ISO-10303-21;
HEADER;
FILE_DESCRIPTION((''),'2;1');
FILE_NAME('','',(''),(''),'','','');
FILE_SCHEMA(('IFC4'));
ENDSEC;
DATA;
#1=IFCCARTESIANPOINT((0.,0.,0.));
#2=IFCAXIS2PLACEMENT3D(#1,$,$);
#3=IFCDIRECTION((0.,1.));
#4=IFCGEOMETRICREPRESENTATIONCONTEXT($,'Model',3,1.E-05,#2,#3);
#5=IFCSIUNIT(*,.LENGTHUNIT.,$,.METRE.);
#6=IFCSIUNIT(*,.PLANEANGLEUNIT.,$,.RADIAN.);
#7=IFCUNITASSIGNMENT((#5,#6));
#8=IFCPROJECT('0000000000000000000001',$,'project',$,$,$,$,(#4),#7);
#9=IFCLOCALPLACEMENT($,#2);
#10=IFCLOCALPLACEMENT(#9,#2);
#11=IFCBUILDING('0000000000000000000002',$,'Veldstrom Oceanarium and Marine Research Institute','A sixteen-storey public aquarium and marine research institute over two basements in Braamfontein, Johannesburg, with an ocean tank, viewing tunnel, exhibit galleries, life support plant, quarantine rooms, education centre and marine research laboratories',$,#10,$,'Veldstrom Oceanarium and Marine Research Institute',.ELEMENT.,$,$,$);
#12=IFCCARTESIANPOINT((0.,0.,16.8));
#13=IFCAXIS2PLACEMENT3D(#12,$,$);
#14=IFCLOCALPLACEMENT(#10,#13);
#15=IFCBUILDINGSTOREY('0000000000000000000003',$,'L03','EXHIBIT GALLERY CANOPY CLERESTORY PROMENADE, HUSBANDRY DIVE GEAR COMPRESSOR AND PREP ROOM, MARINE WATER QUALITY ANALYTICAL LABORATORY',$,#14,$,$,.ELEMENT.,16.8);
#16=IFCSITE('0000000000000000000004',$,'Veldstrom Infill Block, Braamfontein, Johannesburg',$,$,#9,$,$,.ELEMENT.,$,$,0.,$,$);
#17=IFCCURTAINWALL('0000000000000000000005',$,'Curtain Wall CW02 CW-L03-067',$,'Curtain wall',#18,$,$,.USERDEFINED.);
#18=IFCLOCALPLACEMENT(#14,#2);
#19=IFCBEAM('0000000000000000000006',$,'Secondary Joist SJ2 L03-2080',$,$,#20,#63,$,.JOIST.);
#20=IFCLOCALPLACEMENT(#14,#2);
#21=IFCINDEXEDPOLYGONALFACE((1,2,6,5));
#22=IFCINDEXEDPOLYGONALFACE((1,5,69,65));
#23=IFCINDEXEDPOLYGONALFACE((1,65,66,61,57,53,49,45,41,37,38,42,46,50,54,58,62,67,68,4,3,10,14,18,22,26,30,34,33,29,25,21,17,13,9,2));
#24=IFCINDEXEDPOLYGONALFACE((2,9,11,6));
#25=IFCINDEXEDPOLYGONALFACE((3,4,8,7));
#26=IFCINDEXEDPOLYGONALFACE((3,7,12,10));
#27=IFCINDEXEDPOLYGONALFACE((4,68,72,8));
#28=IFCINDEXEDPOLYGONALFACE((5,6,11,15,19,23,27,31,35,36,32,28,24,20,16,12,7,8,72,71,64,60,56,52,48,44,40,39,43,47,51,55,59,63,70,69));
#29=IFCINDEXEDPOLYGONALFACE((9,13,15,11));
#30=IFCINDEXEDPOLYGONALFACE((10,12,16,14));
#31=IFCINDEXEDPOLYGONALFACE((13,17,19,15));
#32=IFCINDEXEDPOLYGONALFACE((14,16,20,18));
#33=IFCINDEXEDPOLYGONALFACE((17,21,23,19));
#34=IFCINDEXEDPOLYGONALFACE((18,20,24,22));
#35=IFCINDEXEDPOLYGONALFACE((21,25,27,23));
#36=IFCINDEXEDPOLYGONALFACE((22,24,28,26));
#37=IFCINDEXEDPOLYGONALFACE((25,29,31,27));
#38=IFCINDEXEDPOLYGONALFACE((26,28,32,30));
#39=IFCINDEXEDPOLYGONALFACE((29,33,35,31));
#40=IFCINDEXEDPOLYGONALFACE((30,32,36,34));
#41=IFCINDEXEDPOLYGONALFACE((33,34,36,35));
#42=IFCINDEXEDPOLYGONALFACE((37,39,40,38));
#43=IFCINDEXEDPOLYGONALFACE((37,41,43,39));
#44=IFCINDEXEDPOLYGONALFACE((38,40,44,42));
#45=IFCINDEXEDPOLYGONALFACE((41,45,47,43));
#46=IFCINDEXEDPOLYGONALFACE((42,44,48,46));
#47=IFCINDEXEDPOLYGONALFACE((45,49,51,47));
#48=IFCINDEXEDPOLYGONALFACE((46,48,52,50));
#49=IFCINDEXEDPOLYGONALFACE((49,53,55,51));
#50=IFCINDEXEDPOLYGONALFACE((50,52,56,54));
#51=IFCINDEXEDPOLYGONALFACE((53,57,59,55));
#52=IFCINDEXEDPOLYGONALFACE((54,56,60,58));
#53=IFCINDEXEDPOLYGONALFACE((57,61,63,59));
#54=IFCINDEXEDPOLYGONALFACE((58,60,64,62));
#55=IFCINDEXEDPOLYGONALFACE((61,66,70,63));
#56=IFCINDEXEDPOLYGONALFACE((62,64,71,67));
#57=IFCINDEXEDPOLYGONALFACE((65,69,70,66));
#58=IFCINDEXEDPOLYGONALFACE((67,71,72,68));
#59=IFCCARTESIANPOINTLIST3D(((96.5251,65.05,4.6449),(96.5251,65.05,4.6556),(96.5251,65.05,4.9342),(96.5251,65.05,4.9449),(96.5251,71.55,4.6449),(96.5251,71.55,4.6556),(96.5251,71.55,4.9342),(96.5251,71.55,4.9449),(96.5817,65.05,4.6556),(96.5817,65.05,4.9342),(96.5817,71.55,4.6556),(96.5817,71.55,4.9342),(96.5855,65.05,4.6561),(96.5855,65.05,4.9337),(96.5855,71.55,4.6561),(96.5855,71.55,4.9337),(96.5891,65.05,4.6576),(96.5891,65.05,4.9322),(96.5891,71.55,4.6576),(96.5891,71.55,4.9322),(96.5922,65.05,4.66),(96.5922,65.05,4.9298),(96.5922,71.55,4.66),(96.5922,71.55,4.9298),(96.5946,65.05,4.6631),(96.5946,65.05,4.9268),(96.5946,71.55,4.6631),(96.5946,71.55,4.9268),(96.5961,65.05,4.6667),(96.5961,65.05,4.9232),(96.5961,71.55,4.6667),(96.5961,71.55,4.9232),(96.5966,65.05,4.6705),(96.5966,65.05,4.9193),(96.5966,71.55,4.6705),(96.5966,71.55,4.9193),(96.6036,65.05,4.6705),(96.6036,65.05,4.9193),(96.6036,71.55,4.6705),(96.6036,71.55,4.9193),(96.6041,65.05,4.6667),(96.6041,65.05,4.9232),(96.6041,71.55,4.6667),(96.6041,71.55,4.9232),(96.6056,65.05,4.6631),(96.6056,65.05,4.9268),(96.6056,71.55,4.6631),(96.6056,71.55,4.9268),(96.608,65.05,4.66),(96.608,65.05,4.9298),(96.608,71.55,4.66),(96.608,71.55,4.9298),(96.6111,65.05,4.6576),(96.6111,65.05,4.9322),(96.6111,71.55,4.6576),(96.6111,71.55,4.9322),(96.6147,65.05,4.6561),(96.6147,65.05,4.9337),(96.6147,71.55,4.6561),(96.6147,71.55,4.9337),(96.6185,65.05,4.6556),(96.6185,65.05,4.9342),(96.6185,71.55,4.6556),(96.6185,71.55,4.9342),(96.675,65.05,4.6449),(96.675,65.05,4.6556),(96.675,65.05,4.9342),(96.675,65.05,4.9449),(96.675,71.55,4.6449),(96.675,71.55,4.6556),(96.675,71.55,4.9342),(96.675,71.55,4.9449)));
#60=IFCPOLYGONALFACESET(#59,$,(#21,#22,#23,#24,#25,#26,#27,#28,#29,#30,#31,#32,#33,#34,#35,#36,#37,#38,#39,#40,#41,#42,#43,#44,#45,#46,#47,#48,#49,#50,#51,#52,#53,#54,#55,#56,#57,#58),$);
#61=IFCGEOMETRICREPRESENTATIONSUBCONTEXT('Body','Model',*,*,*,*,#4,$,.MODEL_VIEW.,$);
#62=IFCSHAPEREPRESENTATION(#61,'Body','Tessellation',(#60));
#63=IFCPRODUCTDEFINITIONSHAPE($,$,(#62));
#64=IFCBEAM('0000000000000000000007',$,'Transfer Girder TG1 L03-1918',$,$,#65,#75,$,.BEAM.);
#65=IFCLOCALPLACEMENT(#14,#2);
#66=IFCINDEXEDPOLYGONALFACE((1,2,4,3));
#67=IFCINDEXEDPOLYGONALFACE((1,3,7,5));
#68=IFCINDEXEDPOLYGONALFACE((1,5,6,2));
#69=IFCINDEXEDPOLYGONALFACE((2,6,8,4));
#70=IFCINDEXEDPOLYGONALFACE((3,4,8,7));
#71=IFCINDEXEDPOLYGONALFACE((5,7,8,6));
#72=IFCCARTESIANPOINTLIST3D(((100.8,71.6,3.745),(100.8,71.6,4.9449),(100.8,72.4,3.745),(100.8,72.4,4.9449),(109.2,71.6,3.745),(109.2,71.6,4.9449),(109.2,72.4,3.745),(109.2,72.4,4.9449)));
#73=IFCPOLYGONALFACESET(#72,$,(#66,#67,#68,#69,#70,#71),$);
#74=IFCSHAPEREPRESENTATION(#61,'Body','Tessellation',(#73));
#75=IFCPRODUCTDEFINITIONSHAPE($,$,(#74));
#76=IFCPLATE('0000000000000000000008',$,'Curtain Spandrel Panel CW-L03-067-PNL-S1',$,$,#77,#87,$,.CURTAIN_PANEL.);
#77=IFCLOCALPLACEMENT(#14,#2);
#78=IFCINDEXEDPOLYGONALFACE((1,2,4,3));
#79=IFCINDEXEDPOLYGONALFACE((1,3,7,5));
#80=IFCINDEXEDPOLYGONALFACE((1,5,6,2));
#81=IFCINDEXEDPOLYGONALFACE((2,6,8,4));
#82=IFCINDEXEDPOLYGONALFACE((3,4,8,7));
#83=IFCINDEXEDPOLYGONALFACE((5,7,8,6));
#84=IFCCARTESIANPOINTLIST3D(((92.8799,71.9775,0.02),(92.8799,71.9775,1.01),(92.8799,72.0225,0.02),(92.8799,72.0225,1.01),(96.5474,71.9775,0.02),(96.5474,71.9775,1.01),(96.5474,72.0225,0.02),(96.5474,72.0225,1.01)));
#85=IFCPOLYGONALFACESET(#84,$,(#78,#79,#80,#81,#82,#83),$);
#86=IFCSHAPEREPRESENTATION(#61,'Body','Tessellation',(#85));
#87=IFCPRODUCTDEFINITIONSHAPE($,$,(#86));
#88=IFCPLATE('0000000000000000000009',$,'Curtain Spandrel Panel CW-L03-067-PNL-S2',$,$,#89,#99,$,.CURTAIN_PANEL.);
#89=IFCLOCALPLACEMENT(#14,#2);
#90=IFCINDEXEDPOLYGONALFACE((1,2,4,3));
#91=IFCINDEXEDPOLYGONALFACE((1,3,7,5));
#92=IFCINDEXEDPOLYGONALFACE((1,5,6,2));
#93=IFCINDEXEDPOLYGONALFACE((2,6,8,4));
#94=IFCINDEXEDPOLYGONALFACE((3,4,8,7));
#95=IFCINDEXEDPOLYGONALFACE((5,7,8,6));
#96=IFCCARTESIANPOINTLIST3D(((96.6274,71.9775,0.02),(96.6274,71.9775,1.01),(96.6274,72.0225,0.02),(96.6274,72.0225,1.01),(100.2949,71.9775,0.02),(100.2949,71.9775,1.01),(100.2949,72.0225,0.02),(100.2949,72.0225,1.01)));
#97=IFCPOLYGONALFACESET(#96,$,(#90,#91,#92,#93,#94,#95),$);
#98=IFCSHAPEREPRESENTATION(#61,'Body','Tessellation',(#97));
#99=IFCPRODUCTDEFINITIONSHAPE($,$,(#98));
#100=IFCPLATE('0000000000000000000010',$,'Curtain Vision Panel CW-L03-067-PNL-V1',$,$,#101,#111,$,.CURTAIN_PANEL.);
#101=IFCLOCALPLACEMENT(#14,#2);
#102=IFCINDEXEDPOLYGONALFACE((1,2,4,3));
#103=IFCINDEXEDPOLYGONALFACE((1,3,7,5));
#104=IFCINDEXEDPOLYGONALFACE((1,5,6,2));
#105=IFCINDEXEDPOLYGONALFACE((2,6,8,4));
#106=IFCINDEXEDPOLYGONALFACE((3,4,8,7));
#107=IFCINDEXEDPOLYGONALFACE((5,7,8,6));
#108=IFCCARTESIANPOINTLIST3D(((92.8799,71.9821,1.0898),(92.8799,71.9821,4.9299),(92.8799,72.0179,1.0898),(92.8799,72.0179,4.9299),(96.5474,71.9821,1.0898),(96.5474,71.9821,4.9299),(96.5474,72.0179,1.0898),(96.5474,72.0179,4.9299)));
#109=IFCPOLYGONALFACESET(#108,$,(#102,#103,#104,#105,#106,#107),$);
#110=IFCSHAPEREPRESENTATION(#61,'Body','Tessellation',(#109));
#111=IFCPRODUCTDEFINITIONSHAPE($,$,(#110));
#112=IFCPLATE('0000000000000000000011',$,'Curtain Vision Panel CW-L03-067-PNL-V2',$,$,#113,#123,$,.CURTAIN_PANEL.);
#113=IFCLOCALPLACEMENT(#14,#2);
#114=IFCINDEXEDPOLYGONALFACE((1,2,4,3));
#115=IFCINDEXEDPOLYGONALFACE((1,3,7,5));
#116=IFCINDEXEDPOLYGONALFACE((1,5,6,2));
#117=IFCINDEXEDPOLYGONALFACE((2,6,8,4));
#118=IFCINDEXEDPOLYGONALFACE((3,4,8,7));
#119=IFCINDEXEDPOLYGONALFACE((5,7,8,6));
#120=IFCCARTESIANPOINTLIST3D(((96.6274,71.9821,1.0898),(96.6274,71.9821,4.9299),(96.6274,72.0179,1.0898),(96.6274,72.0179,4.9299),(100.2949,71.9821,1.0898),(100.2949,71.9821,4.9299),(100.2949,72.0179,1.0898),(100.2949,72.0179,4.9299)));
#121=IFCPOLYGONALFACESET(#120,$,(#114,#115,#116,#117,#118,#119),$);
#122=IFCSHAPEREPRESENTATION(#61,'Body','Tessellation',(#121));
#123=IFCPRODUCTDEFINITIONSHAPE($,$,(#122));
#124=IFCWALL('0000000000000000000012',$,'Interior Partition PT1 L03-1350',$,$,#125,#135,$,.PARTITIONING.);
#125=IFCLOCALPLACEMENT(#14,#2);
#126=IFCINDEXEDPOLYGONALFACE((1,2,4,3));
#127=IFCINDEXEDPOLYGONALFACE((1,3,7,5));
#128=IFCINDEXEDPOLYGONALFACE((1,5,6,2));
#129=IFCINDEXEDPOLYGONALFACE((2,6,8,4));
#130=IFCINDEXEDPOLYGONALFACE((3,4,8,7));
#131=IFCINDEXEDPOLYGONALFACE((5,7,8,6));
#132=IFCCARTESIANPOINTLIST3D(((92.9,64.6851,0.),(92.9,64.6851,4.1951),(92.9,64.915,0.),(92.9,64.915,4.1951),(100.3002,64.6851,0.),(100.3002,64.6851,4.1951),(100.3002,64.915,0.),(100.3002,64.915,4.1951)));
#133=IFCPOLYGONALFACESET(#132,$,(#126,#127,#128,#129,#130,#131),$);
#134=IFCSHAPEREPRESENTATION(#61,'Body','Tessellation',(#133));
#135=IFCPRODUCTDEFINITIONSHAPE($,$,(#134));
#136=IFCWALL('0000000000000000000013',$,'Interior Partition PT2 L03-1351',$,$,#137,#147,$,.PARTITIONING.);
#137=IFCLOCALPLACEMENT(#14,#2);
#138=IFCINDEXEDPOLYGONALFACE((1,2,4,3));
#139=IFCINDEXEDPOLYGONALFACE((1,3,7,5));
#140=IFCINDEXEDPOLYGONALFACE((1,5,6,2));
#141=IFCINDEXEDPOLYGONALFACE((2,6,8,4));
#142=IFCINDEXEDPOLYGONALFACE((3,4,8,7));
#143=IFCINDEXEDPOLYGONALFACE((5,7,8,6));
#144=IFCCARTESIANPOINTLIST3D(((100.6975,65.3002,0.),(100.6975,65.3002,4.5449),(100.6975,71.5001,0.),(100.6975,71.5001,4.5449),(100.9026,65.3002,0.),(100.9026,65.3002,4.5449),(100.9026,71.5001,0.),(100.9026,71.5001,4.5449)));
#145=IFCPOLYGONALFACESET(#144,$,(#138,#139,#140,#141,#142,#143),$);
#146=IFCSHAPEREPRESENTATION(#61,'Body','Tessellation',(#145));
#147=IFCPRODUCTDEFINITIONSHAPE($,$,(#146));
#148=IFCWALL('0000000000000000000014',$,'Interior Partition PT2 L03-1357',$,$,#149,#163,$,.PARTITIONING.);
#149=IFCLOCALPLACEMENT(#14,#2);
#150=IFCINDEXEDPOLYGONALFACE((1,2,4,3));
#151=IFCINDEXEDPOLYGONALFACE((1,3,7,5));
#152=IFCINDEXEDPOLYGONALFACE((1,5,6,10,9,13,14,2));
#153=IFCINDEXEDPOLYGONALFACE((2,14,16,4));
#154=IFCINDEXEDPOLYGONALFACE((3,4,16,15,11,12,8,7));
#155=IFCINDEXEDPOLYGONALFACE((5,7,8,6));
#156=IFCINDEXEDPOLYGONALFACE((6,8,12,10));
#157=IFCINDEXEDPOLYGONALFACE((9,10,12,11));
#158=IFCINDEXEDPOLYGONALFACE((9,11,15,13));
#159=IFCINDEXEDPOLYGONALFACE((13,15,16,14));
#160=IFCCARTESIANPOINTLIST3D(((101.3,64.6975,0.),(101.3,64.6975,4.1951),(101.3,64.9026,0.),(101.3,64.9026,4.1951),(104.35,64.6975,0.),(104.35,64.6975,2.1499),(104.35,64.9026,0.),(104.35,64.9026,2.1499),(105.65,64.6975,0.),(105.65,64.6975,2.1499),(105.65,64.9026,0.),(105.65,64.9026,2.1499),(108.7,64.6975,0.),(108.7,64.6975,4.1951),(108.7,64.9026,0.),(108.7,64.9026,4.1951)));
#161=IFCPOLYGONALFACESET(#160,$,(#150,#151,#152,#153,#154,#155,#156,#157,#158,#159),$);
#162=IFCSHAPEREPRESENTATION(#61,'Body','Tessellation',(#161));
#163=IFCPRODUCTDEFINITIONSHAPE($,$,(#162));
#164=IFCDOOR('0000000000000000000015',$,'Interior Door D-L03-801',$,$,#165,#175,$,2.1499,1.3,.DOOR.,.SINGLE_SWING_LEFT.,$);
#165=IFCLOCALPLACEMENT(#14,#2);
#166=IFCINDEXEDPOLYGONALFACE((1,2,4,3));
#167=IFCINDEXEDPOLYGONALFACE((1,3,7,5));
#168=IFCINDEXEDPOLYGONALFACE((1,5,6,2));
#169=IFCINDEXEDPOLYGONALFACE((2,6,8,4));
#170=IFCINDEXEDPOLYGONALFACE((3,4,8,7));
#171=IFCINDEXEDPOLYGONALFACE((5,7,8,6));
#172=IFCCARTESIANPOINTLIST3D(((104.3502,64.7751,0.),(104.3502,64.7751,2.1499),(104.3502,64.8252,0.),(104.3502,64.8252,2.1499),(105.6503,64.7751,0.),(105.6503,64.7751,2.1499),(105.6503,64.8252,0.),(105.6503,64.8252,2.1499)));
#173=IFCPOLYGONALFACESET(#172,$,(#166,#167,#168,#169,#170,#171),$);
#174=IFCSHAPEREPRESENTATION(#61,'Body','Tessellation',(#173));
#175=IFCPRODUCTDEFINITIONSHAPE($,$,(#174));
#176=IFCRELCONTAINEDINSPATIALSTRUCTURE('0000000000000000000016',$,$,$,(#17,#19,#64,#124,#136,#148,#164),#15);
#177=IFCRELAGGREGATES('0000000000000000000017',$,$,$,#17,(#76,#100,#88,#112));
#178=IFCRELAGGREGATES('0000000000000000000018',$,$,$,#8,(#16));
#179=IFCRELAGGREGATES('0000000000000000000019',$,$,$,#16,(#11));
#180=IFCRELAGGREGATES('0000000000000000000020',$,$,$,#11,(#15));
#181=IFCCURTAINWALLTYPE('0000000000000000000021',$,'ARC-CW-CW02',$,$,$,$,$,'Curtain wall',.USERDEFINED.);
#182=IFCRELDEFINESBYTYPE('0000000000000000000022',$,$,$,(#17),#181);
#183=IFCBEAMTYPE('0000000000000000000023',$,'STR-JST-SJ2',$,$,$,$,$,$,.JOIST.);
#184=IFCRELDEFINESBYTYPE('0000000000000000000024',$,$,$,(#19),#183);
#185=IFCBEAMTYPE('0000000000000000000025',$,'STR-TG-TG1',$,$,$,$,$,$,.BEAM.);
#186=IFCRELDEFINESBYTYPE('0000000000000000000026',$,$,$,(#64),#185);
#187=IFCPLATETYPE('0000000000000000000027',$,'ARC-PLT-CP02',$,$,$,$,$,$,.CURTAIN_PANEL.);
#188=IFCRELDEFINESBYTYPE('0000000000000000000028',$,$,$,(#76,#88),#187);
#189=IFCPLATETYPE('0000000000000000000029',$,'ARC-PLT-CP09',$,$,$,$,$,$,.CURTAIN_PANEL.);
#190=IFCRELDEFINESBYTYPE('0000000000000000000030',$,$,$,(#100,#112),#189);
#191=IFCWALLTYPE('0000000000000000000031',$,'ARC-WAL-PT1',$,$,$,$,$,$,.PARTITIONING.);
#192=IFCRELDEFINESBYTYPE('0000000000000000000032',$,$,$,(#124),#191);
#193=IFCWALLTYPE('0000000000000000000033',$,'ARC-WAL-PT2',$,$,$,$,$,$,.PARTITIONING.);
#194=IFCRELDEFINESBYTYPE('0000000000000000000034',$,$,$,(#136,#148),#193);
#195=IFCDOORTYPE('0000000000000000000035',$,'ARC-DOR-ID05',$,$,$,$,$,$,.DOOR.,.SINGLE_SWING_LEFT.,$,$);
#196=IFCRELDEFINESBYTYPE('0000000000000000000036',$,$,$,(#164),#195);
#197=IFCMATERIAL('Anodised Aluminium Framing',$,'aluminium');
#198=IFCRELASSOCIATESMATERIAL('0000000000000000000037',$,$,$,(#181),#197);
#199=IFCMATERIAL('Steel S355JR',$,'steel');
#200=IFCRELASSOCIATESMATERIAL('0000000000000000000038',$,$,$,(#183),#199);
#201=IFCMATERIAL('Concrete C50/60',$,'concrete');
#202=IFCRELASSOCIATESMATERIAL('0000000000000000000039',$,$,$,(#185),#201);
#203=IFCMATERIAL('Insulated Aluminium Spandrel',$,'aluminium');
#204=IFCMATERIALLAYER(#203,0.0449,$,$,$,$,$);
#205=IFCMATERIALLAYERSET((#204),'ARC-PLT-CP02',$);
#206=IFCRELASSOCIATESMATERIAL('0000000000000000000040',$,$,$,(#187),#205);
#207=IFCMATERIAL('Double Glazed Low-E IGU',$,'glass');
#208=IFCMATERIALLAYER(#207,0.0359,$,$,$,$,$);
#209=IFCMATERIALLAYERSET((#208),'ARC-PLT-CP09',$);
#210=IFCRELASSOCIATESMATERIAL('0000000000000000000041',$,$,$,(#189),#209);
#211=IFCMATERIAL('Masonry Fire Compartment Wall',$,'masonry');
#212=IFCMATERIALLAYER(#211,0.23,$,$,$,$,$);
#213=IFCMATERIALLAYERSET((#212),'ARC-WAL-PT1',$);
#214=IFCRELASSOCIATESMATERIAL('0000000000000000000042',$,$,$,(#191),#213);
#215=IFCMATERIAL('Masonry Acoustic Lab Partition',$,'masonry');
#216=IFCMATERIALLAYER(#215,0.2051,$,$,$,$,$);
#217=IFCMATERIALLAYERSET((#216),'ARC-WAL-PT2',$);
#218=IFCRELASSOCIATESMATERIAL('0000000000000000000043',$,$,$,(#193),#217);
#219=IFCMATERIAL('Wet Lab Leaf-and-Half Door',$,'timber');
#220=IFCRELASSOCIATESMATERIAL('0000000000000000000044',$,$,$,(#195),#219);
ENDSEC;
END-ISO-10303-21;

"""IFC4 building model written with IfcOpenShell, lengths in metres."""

from ifc_helpers import new_model, si_unit, direction, frame, frame_2d, origin, origin_2d, place, context, subcontext, project, spatial, rectangle, i_section, extrude, material, layer, layer_set, material_profile, profile_set, type_object, element, fill, aggregate, save


model = new_model("IFC4")

# Units and contexts
model_context = context("Model", 3, precision=1e-05, world=origin(), true_north=direction((0.0, 1.0)))
body_context = subcontext(model_context, "Body", "Model", "MODEL_VIEW")
ifc_project = project(units=[si_unit("LENGTHUNIT", "METRE"), si_unit("PLANEANGLEUNIT", "RADIAN")], contexts=[model_context])

# Site, building, storey
site_placement = place(None, origin())
site = spatial("IfcSite", under=ifc_project, at=site_placement, Name="Veldstrom Infill Block, Braamfontein, Johannesburg", CompositionType="ELEMENT", RefElevation=0.0)
building_placement = place(site_placement, origin())
building = spatial("IfcBuilding", under=site, at=building_placement, Name="Veldstrom Oceanarium and Marine Research Institute", Description="A sixteen-storey public aquarium and marine research institute over two basements in Braamfontein, Johannesburg, with an ocean tank, viewing tunnel, exhibit galleries, life support plant, quarantine rooms, education centre and marine research laboratories", LongName="Veldstrom Oceanarium and Marine Research Institute", CompositionType="ELEMENT")
storey_placement = place(building_placement, frame((0.0, 0.0, 16.8)))
storey = spatial("IfcBuildingStorey", under=building, at=storey_placement, Name="L03", Description="EXHIBIT GALLERY CANOPY CLERESTORY PROMENADE, HUSBANDRY DIVE GEAR COMPRESSOR AND PREP ROOM, MARINE WATER QUALITY ANALYTICAL LABORATORY", CompositionType="ELEMENT", Elevation=16.8)

# Curtain wall
ifc_material_1 = material(Name="Anodised Aluminium Framing", Category="aluminium")
curtain_wall_type = type_object("IfcCurtainWallType", Name="ARC-CW-CW02", ElementType="Curtain wall", PredefinedType="USERDEFINED", material=ifc_material_1)
curtain_wall_1_placement = place(storey_placement, origin())
curtain_wall_1 = element("IfcCurtainWall", 1, at=curtain_wall_1_placement, inside=storey, type_object=curtain_wall_type, Name="Curtain Wall CW02 CW-L03-067", ObjectType="Curtain wall", PredefinedType="USERDEFINED")

# Beams
ifc_material_2 = material(Name="Steel S355JR", Category="steel")
ifc_material_profile_1 = material_profile(ifc_material_2, i_section(OverallWidth=0.1499, OverallDepth=0.3, WebThickness=0.0071, FlangeThickness=0.0107, FilletRadius=0.0149, at=origin_2d()), Name="IPE 300")
ifc_profile_set_1 = profile_set([ifc_material_profile_1], Name="Steel S355JR")
beam_type_1 = type_object("IfcBeamType", Name="STR-JST-SJ2", PredefinedType="JOIST", material=ifc_profile_set_1)
beam_1_placement = place(storey_placement, frame((96.6001, 65.05, 4.7949), z_axis=(0.0, 1.0, 0.0), x_axis=(-1.0, 0.0, 0.0)))
element("IfcBeam", 2, at=beam_1_placement, inside=storey, type_object=beam_type_1, Name="Secondary Joist SJ2 L03-2080", PredefinedType="JOIST", context=body_context, shape_type="SweptSolid", body=[
    extrude(i_section(OverallWidth=0.1499, OverallDepth=0.3, WebThickness=0.0071, FlangeThickness=0.0107, FilletRadius=0.0149, at=origin_2d()), origin(), (0.0, 0.0, 1.0), 6.5),
])
ifc_material_3 = material(Name="Concrete C50/60", Category="concrete")
ifc_material_profile_2 = material_profile(ifc_material_3, rectangle(XDim=0.8, YDim=1.2, at=origin_2d()), Name="RC-TG-800x1200")
ifc_profile_set_2 = profile_set([ifc_material_profile_2], Name="Concrete C50/60")
beam_type_2 = type_object("IfcBeamType", Name="STR-TG-TG1", PredefinedType="BEAM", material=ifc_profile_set_2)
beam_2_placement = place(storey_placement, frame((100.8, 72.0, 4.345), z_axis=(1.0, 0.0, 0.0), x_axis=(0.0, 1.0, 0.0)))
element("IfcBeam", 3, at=beam_2_placement, inside=storey, type_object=beam_type_2, Name="Transfer Girder TG1 L03-1918", PredefinedType="BEAM", context=body_context, shape_type="SweptSolid", body=[
    extrude(rectangle(XDim=0.8, YDim=1.2, at=origin_2d()), origin(), (0.0, 0.0, 1.0), 8.3999),
])

# Plates
ifc_material_4 = material(Name="Insulated Aluminium Spandrel", Category="aluminium")
ifc_layer_1 = layer(ifc_material_4, 0.0449)
ifc_layer_set_1 = layer_set([ifc_layer_1], Name="ARC-PLT-CP02")
plate_type_1 = type_object("IfcPlateType", Name="ARC-PLT-CP02", PredefinedType="CURTAIN_PANEL", material=ifc_layer_set_1)
plate_1_placement = place(storey_placement, frame((94.7136, 72.0, 0.02), z_axis=(0.0, 0.0, 1.0), x_axis=(1.0, 0.0, 0.0)))
plate_1 = element("IfcPlate", 4, at=plate_1_placement, type_object=plate_type_1, Name="Curtain Spandrel Panel CW-L03-067-PNL-S1", PredefinedType="CURTAIN_PANEL", context=body_context, shape_type="SweptSolid", body=[
    extrude(rectangle(XDim=3.6675, YDim=0.0449, at=origin_2d()), origin(), (0.0, 0.0, 1.0), 0.99),
])
plate_2_placement = place(storey_placement, frame((98.4612, 72.0, 0.02), z_axis=(0.0, 0.0, 1.0), x_axis=(1.0, 0.0, 0.0)))
plate_2 = element("IfcPlate", 5, at=plate_2_placement, type_object=plate_type_1, Name="Curtain Spandrel Panel CW-L03-067-PNL-S2", PredefinedType="CURTAIN_PANEL", context=body_context, shape_type="SweptSolid", body=[
    extrude(rectangle(XDim=3.6675, YDim=0.0449, at=origin_2d()), origin(), (0.0, 0.0, 1.0), 0.99),
])
ifc_material_5 = material(Name="Double Glazed Low-E IGU", Category="glass")
ifc_layer_2 = layer(ifc_material_5, 0.0359)
ifc_layer_set_2 = layer_set([ifc_layer_2], Name="ARC-PLT-CP09")
plate_type_2 = type_object("IfcPlateType", Name="ARC-PLT-CP09", PredefinedType="CURTAIN_PANEL", material=ifc_layer_set_2)
plate_3_placement = place(storey_placement, frame((94.7136, 72.0, 1.0898), z_axis=(0.0, 0.0, 1.0), x_axis=(1.0, 0.0, 0.0)))
plate_3 = element("IfcPlate", 6, at=plate_3_placement, type_object=plate_type_2, Name="Curtain Vision Panel CW-L03-067-PNL-V1", PredefinedType="CURTAIN_PANEL", context=body_context, shape_type="SweptSolid", body=[
    extrude(rectangle(XDim=3.6675, YDim=0.0359, at=origin_2d()), origin(), (0.0, 0.0, 1.0), 3.8401),
])
plate_4_placement = place(storey_placement, frame((98.4612, 72.0, 1.0898), z_axis=(0.0, 0.0, 1.0), x_axis=(1.0, 0.0, 0.0)))
plate_4 = element("IfcPlate", 7, at=plate_4_placement, type_object=plate_type_2, Name="Curtain Vision Panel CW-L03-067-PNL-V2", PredefinedType="CURTAIN_PANEL", context=body_context, shape_type="SweptSolid", body=[
    extrude(rectangle(XDim=3.6675, YDim=0.0359, at=origin_2d()), origin(), (0.0, 0.0, 1.0), 3.8401),
])
aggregate(curtain_wall_1, [plate_1, plate_3, plate_2, plate_4])

# Walls
ifc_material_6 = material(Name="Masonry Fire Compartment Wall", Category="masonry")
ifc_layer_3 = layer(ifc_material_6, 0.23)
ifc_layer_set_3 = layer_set([ifc_layer_3], Name="ARC-WAL-PT1")
wall_type_1 = type_object("IfcWallType", Name="ARC-WAL-PT1", PredefinedType="PARTITIONING", material=ifc_layer_set_3)
wall_1_placement = place(storey_placement, frame((92.8999, 64.8, 0.0), z_axis=(0.0, 0.0, 1.0), x_axis=(1.0, 0.0, 0.0)))
element("IfcWall", 8, at=wall_1_placement, inside=storey, type_object=wall_type_1, Name="Interior Partition PT1 L03-1350", PredefinedType="PARTITIONING", context=body_context, shape_type="SweptSolid", body=[
    extrude(rectangle(XDim=7.4001, YDim=0.23, at=frame_2d((3.7002, 0.0))), origin(), (0.0, 0.0, 1.0), 4.1951),
])
ifc_material_7 = material(Name="Masonry Acoustic Lab Partition", Category="masonry")
ifc_layer_4 = layer(ifc_material_7, 0.2051)
ifc_layer_set_4 = layer_set([ifc_layer_4], Name="ARC-WAL-PT2")
wall_type_2 = type_object("IfcWallType", Name="ARC-WAL-PT2", PredefinedType="PARTITIONING", material=ifc_layer_set_4)
wall_2_placement = place(storey_placement, frame((100.8, 65.3, 0.0), z_axis=(0.0, 0.0, 1.0), x_axis=(0.0, 1.0, 0.0)))
element("IfcWall", 9, at=wall_2_placement, inside=storey, type_object=wall_type_2, Name="Interior Partition PT2 L03-1351", PredefinedType="PARTITIONING", context=body_context, shape_type="SweptSolid", body=[
    extrude(rectangle(XDim=6.2, YDim=0.2051, at=frame_2d((3.1001, 0.0))), origin(), (0.0, 0.0, 1.0), 4.5449),
])

# Wall, opening, door
wall_3_placement = place(storey_placement, frame((101.3, 64.8, 0.0), z_axis=(0.0, 0.0, 1.0), x_axis=(1.0, 0.0, 0.0)))
wall_3 = element("IfcWall", 10, at=wall_3_placement, inside=storey, type_object=wall_type_2, Name="Interior Partition PT2 L03-1357", PredefinedType="PARTITIONING", context=body_context, shape_type="SweptSolid", body=[
    extrude(rectangle(XDim=7.3999, YDim=0.2051, at=frame_2d((3.7, 0.0))), origin(), (0.0, 0.0, 1.0), 4.1951),
])
opening_placement = place(wall_3_placement, frame((3.05, 0.0, 0.0)))
opening = element("IfcOpeningElement", 11, at=opening_placement, cuts=wall_3, PredefinedType="OPENING", context=body_context, shape_type="SweptSolid", body=[
    extrude(rectangle(XDim=1.3, YDim=2.1499, at=frame_2d((0.6499, 1.075))), frame((0.0, 0.1125, 0.0), z_axis=(0.0, -1.0, 0.0), x_axis=(1.0, 0.0, 0.0)), (0.0, 0.0, 1.0), 0.2251),
])
ifc_material_8 = material(Name="Wet Lab Leaf-and-Half Door", Category="timber")
door_type = type_object("IfcDoorType", Name="ARC-DOR-ID05", OperationType="SINGLE_SWING_LEFT", PredefinedType="DOOR", material=ifc_material_8)
door_placement = place(opening_placement, frame((1.3, 0.0, 0.0), z_axis=(0.0, 0.0, 1.0), x_axis=(-1.0, 0.0, 0.0)))
door = element("IfcDoor", 12, at=door_placement, inside=storey, type_object=door_type, Name="Interior Door D-L03-801", OperationType="SINGLE_SWING_LEFT", OverallHeight=2.1499, OverallWidth=1.3, PredefinedType="DOOR", context=body_context, shape_type="SweptSolid", body=[
    extrude(rectangle(XDim=1.3, YDim=2.1499, at=frame_2d((0.6499, 1.075))), frame((0.0, 0.0249, 0.0), z_axis=(0.0, -1.0, 0.0), x_axis=(1.0, 0.0, 0.0)), (0.0, 0.0, 1.0), 0.05),
])
fill(opening, door)

save(model, "model.ifc")
